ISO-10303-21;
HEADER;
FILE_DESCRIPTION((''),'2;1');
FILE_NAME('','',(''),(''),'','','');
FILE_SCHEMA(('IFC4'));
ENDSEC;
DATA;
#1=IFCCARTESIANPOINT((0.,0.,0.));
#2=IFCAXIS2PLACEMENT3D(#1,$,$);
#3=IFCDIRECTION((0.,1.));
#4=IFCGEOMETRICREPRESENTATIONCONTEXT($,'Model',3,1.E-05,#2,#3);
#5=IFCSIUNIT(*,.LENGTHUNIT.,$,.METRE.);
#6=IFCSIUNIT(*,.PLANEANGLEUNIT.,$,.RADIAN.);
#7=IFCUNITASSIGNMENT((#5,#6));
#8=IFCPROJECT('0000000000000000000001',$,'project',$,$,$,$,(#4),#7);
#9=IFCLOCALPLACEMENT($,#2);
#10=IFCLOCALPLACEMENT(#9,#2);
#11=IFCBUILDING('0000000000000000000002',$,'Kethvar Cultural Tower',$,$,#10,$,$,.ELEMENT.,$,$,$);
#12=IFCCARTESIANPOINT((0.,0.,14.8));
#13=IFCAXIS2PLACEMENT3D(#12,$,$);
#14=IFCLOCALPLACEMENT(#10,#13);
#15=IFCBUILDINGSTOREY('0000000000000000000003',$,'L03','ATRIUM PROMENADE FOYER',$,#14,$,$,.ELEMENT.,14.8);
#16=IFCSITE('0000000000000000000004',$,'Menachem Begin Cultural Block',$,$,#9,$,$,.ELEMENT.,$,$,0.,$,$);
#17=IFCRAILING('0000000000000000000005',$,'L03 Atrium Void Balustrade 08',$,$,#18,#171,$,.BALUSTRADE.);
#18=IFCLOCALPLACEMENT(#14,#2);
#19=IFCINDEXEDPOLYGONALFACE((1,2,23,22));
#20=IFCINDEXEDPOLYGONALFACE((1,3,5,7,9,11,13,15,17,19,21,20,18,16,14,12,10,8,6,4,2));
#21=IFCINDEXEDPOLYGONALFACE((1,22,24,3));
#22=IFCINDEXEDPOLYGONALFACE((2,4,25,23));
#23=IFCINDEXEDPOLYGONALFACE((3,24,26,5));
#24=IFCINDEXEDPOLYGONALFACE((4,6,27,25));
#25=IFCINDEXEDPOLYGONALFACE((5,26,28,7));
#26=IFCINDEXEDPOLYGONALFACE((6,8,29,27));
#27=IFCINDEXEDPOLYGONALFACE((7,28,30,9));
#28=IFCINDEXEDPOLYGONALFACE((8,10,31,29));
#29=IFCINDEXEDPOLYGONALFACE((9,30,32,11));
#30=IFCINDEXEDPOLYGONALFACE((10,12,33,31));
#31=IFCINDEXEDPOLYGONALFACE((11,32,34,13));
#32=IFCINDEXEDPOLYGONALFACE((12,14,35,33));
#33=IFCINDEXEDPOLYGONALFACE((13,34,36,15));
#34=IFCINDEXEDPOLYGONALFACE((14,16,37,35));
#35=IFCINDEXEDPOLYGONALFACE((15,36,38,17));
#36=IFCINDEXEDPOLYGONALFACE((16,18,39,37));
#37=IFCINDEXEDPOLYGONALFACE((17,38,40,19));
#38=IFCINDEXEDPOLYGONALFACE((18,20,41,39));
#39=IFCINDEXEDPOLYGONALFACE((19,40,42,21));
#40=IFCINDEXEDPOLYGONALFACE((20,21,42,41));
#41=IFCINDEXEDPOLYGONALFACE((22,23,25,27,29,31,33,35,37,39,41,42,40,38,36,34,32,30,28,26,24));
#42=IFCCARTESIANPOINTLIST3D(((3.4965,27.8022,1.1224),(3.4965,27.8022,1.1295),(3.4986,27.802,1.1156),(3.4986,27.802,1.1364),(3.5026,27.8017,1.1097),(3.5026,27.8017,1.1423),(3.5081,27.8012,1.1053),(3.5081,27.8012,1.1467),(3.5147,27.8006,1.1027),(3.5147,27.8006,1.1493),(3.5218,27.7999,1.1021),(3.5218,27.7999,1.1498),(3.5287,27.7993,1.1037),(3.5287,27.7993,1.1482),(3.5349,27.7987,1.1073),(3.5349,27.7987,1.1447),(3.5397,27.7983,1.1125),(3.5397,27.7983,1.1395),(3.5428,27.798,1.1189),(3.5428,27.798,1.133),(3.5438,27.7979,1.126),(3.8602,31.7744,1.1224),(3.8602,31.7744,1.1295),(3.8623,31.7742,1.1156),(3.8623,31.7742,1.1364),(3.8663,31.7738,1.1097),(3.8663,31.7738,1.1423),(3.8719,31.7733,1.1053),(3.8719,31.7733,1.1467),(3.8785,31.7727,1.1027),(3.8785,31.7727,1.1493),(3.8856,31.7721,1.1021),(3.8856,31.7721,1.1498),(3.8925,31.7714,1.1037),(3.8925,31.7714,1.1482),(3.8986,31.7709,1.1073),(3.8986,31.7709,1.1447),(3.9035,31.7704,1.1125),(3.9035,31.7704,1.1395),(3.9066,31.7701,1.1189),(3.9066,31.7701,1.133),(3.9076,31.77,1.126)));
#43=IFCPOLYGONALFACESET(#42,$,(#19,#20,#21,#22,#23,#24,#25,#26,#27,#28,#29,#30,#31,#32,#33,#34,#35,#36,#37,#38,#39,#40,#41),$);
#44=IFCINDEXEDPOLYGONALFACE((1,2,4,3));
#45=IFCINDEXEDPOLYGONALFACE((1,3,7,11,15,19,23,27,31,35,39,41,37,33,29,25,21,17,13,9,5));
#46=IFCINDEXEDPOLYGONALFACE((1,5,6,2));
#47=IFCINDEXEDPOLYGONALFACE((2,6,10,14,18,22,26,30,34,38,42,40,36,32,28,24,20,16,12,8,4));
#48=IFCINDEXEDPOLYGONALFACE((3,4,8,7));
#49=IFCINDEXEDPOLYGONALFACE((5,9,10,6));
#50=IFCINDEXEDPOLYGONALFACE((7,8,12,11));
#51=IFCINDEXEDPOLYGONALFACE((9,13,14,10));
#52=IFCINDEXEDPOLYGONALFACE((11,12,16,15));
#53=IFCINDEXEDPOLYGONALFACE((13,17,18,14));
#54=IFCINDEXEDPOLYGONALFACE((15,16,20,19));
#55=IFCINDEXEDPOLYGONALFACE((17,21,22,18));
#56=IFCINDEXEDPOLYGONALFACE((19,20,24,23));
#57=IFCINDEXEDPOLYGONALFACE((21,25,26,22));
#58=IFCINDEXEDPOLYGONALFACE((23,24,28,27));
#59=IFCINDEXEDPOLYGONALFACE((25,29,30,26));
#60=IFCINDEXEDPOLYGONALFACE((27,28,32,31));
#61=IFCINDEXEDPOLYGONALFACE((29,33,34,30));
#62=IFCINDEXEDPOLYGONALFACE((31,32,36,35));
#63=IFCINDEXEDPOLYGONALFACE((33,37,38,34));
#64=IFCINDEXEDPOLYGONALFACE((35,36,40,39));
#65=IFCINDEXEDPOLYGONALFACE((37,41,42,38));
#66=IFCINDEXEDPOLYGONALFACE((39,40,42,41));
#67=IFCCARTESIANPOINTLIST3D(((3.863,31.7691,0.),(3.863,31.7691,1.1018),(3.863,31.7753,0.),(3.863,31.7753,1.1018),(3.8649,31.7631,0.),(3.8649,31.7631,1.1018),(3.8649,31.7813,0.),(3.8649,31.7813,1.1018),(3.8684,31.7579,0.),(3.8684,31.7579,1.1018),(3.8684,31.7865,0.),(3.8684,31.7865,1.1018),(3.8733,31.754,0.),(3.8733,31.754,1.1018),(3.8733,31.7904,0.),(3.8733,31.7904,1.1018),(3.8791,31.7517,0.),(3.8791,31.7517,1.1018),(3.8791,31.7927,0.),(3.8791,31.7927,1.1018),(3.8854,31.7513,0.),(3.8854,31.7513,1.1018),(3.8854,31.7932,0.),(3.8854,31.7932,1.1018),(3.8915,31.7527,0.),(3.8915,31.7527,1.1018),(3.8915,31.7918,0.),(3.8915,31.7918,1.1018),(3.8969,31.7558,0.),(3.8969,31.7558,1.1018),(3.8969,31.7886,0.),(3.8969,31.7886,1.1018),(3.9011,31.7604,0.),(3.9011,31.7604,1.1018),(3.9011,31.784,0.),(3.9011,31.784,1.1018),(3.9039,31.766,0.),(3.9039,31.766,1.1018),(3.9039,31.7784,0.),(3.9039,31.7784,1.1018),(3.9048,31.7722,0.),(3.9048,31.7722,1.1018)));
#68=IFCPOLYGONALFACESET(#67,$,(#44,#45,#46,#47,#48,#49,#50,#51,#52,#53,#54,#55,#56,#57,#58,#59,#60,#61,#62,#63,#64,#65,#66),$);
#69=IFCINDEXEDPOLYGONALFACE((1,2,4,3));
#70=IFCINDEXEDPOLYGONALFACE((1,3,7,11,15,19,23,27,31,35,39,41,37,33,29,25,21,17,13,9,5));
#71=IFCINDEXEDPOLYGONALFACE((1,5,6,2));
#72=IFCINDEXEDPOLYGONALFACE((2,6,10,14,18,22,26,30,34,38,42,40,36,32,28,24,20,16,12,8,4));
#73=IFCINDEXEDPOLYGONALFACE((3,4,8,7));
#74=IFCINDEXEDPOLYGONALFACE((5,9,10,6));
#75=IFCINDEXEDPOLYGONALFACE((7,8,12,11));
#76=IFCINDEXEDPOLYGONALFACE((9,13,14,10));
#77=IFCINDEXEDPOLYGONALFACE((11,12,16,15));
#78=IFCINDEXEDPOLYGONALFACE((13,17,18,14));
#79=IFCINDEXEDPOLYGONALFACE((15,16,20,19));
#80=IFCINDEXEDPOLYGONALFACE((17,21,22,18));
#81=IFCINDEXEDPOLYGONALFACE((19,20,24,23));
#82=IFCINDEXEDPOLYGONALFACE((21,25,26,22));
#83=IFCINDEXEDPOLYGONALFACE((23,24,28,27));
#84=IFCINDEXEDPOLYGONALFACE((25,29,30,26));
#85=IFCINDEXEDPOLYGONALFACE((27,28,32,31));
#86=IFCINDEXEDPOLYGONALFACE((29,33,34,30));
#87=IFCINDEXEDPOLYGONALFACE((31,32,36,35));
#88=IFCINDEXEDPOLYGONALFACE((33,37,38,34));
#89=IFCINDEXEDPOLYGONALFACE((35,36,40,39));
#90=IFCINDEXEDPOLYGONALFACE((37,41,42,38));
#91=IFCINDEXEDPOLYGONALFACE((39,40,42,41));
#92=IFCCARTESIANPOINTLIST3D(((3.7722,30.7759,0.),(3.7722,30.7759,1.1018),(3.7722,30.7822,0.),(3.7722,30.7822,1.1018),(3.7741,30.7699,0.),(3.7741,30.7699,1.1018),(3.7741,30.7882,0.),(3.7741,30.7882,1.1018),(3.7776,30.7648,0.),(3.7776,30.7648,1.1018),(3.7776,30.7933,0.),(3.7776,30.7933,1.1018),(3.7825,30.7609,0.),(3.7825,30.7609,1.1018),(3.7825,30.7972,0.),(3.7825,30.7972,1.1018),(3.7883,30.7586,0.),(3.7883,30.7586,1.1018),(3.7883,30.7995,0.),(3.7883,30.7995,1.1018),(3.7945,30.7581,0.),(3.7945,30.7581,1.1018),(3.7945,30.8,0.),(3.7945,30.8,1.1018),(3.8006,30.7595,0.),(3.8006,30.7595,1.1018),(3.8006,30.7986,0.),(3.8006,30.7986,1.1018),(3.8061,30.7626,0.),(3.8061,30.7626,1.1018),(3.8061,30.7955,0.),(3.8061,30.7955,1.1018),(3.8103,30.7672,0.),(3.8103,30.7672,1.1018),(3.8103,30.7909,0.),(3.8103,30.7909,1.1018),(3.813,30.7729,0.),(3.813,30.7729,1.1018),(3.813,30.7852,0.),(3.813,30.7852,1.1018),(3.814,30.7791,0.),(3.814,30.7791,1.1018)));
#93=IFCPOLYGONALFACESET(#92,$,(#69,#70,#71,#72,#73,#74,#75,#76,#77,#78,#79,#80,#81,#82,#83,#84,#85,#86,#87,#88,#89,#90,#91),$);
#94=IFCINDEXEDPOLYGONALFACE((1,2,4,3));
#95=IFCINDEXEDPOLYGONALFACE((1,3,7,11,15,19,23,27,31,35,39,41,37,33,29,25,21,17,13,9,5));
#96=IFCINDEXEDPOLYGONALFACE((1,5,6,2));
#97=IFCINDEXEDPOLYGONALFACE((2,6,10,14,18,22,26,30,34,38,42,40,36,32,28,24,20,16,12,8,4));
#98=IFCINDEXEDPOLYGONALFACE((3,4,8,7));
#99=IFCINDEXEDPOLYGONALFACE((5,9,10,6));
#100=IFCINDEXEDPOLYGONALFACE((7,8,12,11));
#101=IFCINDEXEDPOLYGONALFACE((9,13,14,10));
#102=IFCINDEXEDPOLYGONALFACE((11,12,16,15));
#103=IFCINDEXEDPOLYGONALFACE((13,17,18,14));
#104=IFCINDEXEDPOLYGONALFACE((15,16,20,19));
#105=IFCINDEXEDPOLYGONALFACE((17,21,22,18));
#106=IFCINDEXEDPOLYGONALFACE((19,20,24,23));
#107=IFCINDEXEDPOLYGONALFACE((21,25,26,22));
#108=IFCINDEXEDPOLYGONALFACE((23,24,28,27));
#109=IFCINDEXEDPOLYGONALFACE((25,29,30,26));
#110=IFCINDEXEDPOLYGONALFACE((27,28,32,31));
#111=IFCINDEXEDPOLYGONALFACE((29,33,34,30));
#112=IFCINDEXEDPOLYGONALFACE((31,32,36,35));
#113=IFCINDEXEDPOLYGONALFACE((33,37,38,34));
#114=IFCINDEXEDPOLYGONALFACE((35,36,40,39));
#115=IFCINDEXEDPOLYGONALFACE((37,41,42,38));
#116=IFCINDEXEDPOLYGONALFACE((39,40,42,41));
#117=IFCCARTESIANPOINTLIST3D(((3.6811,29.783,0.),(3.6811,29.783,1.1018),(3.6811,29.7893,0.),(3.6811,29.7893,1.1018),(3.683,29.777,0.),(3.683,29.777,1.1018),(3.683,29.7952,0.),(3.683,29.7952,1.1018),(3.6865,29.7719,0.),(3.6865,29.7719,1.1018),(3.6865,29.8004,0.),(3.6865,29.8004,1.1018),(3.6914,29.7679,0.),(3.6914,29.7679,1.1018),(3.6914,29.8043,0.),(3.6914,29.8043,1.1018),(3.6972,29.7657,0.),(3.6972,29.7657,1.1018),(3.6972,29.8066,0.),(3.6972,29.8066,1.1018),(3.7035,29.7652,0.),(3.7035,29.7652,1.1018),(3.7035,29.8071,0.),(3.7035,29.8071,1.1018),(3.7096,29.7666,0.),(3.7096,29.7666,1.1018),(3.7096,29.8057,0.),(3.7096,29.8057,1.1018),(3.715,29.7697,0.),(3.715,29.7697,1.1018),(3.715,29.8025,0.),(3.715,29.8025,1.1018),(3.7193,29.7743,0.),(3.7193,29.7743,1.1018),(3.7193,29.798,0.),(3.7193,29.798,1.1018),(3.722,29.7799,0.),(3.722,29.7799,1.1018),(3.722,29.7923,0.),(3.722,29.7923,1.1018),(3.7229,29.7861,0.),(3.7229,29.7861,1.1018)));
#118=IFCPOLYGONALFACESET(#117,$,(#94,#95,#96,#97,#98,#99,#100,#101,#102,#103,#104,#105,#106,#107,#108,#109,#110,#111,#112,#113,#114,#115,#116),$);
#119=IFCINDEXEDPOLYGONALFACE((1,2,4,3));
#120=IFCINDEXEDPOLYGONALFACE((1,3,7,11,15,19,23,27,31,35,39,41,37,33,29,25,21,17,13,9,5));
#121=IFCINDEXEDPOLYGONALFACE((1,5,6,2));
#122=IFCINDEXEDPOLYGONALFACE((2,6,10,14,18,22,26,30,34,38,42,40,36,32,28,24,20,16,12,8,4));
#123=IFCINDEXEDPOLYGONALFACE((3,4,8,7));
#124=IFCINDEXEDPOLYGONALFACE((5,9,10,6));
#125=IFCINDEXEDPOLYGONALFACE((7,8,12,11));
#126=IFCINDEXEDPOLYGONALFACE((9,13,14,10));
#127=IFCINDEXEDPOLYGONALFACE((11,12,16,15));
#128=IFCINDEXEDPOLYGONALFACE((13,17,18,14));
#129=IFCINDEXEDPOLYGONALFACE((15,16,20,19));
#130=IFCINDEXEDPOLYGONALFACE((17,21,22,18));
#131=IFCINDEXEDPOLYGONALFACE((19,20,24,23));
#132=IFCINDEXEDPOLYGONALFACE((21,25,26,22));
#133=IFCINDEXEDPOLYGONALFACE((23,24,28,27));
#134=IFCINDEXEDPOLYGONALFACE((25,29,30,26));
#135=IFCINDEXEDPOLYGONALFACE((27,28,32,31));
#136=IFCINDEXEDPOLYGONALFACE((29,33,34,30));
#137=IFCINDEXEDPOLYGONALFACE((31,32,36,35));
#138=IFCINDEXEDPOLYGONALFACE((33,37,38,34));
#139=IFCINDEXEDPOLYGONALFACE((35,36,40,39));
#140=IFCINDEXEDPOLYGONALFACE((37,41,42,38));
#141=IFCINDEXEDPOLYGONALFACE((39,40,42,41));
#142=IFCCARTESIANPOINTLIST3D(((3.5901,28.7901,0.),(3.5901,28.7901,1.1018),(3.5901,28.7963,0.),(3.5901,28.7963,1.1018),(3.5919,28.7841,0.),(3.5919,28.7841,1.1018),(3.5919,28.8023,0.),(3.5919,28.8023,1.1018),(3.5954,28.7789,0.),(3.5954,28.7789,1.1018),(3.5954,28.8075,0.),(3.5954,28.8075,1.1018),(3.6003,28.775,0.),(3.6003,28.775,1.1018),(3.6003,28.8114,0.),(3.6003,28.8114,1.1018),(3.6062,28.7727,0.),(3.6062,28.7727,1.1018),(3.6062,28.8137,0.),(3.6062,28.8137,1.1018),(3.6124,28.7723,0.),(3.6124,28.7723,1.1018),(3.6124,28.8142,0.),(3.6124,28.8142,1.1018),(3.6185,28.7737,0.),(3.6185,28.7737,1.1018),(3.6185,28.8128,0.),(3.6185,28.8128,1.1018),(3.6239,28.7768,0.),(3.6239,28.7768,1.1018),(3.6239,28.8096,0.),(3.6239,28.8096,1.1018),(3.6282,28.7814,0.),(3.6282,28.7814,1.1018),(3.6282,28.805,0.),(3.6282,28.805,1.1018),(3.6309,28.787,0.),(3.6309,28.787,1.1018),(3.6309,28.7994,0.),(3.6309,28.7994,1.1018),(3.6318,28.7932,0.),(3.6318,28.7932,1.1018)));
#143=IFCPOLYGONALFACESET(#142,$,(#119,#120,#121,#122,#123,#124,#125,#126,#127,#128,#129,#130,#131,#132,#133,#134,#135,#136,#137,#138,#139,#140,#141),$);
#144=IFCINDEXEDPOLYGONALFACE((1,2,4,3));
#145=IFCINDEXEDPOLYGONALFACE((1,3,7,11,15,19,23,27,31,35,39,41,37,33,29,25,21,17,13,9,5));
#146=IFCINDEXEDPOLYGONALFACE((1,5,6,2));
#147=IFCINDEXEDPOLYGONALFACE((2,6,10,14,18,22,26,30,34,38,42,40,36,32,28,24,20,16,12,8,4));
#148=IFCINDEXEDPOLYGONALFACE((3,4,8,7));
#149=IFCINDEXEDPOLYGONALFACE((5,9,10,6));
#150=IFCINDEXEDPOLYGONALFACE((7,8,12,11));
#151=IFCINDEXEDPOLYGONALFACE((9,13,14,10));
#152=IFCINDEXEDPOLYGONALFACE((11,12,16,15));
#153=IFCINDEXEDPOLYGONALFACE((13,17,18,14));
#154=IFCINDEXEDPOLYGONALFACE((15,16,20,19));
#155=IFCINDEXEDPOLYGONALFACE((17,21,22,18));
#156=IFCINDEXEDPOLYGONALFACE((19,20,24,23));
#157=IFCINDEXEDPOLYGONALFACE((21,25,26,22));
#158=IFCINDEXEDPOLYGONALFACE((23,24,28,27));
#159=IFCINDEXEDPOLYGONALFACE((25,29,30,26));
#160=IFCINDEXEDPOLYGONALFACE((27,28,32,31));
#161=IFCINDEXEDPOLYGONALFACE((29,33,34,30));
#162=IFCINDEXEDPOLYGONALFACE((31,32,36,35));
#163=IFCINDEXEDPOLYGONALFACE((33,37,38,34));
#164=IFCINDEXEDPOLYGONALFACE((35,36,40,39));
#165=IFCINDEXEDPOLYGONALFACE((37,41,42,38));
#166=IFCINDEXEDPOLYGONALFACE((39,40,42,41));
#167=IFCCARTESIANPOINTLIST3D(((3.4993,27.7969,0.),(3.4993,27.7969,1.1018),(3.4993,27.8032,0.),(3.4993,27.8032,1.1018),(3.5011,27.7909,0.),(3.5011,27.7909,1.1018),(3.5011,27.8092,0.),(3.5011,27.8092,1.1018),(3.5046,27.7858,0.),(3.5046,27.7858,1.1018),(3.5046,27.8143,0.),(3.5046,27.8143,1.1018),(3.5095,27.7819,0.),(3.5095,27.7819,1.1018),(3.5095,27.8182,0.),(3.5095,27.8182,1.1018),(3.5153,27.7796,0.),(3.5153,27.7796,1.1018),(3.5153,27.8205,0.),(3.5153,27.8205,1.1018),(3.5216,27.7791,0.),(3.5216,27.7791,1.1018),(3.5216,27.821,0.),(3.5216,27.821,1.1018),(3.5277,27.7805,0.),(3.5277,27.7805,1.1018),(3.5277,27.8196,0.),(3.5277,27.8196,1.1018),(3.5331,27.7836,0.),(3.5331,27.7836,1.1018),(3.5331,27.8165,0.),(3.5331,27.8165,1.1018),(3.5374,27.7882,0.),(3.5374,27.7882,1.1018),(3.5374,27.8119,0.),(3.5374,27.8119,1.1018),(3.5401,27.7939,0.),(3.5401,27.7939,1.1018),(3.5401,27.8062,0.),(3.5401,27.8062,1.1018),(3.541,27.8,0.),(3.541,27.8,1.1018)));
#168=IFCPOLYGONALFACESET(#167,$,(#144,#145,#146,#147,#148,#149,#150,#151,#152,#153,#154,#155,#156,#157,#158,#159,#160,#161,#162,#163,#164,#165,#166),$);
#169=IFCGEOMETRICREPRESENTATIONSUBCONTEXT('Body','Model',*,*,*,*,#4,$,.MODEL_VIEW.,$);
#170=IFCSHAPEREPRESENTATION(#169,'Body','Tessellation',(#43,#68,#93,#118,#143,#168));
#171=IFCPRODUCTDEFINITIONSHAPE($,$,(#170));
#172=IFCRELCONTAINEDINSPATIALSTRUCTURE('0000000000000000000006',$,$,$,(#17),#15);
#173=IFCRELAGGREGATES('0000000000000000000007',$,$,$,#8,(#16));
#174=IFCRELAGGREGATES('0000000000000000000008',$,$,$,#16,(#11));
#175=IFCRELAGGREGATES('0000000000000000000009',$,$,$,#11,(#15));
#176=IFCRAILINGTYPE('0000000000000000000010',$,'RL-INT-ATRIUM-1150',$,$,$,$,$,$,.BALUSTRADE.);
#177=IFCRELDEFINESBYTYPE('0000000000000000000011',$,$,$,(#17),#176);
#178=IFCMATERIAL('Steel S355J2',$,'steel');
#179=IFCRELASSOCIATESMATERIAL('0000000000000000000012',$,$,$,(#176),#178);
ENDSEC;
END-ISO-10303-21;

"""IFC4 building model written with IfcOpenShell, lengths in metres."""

from ifc_helpers import new_model, si_unit, direction, frame, origin, origin_2d, place, context, subcontext, project, spatial, circle, extrude, material, type_object, element, save


model = new_model("IFC4")

# Units and contexts
model_context = context("Model", 3, precision=1e-05, world=origin(), true_north=direction((0.0, 1.0)))
body_context = subcontext(model_context, "Body", "Model", "MODEL_VIEW")
ifc_project = project(units=[si_unit("LENGTHUNIT", "METRE"), si_unit("PLANEANGLEUNIT", "RADIAN")], contexts=[model_context])

# Site, building, storey
site_placement = place(None, origin())
site = spatial("IfcSite", under=ifc_project, at=site_placement, Name="Menachem Begin Cultural Block", CompositionType="ELEMENT", RefElevation=0.0)
building_placement = place(site_placement, origin())
building = spatial("IfcBuilding", under=site, at=building_placement, Name="Kethvar Cultural Tower", CompositionType="ELEMENT")
storey_placement = place(building_placement, frame((0.0, 0.0, 14.8)))
storey = spatial("IfcBuildingStorey", under=building, at=storey_placement, Name="L03", Description="ATRIUM PROMENADE FOYER", CompositionType="ELEMENT", Elevation=14.8)

# Shared definitions
ifc_material_1 = material(Name="Steel S355J2", Category="steel")

# Railing
railing_type = type_object("IfcRailingType", Name="RL-INT-ATRIUM-1150", PredefinedType="BALUSTRADE", material=ifc_material_1)
railing_1_placement = place(storey_placement, frame((3.8838, 31.7722, 0.0)))
element("IfcRailing", 1, at=railing_1_placement, inside=storey, type_object=railing_type, Name="L03 Atrium Void Balustrade 08", PredefinedType="BALUSTRADE", context=body_context, shape_type="SweptSolid", body=[
    extrude(circle(Radius=0.0239, at=origin_2d()), frame((0.0, 0.0, 1.126), z_axis=(-0.091198, -0.995833, 0.0), x_axis=(0.995833, -0.091198, 0.0)), (0.0, 0.0, 1.0), 3.9888),
    extrude(circle(Radius=0.021, at=origin_2d()), origin(), (0.0, 0.0, 1.0), 1.1018),
    extrude(circle(Radius=0.021, at=origin_2d()), frame((-0.0908, -0.9932, 0.0)), (0.0, 0.0, 1.0), 1.1018),
    extrude(circle(Radius=0.021, at=origin_2d()), frame((-0.1819, -1.9861, 0.0)), (0.0, 0.0, 1.0), 1.1018),
    extrude(circle(Radius=0.021, at=origin_2d()), frame((-0.2729, -2.979, 0.0)), (0.0, 0.0, 1.0), 1.1018),
    extrude(circle(Radius=0.021, at=origin_2d()), frame((-0.3638, -3.9722, 0.0)), (0.0, 0.0, 1.0), 1.1018),
])

save(model, "model.ifc")
